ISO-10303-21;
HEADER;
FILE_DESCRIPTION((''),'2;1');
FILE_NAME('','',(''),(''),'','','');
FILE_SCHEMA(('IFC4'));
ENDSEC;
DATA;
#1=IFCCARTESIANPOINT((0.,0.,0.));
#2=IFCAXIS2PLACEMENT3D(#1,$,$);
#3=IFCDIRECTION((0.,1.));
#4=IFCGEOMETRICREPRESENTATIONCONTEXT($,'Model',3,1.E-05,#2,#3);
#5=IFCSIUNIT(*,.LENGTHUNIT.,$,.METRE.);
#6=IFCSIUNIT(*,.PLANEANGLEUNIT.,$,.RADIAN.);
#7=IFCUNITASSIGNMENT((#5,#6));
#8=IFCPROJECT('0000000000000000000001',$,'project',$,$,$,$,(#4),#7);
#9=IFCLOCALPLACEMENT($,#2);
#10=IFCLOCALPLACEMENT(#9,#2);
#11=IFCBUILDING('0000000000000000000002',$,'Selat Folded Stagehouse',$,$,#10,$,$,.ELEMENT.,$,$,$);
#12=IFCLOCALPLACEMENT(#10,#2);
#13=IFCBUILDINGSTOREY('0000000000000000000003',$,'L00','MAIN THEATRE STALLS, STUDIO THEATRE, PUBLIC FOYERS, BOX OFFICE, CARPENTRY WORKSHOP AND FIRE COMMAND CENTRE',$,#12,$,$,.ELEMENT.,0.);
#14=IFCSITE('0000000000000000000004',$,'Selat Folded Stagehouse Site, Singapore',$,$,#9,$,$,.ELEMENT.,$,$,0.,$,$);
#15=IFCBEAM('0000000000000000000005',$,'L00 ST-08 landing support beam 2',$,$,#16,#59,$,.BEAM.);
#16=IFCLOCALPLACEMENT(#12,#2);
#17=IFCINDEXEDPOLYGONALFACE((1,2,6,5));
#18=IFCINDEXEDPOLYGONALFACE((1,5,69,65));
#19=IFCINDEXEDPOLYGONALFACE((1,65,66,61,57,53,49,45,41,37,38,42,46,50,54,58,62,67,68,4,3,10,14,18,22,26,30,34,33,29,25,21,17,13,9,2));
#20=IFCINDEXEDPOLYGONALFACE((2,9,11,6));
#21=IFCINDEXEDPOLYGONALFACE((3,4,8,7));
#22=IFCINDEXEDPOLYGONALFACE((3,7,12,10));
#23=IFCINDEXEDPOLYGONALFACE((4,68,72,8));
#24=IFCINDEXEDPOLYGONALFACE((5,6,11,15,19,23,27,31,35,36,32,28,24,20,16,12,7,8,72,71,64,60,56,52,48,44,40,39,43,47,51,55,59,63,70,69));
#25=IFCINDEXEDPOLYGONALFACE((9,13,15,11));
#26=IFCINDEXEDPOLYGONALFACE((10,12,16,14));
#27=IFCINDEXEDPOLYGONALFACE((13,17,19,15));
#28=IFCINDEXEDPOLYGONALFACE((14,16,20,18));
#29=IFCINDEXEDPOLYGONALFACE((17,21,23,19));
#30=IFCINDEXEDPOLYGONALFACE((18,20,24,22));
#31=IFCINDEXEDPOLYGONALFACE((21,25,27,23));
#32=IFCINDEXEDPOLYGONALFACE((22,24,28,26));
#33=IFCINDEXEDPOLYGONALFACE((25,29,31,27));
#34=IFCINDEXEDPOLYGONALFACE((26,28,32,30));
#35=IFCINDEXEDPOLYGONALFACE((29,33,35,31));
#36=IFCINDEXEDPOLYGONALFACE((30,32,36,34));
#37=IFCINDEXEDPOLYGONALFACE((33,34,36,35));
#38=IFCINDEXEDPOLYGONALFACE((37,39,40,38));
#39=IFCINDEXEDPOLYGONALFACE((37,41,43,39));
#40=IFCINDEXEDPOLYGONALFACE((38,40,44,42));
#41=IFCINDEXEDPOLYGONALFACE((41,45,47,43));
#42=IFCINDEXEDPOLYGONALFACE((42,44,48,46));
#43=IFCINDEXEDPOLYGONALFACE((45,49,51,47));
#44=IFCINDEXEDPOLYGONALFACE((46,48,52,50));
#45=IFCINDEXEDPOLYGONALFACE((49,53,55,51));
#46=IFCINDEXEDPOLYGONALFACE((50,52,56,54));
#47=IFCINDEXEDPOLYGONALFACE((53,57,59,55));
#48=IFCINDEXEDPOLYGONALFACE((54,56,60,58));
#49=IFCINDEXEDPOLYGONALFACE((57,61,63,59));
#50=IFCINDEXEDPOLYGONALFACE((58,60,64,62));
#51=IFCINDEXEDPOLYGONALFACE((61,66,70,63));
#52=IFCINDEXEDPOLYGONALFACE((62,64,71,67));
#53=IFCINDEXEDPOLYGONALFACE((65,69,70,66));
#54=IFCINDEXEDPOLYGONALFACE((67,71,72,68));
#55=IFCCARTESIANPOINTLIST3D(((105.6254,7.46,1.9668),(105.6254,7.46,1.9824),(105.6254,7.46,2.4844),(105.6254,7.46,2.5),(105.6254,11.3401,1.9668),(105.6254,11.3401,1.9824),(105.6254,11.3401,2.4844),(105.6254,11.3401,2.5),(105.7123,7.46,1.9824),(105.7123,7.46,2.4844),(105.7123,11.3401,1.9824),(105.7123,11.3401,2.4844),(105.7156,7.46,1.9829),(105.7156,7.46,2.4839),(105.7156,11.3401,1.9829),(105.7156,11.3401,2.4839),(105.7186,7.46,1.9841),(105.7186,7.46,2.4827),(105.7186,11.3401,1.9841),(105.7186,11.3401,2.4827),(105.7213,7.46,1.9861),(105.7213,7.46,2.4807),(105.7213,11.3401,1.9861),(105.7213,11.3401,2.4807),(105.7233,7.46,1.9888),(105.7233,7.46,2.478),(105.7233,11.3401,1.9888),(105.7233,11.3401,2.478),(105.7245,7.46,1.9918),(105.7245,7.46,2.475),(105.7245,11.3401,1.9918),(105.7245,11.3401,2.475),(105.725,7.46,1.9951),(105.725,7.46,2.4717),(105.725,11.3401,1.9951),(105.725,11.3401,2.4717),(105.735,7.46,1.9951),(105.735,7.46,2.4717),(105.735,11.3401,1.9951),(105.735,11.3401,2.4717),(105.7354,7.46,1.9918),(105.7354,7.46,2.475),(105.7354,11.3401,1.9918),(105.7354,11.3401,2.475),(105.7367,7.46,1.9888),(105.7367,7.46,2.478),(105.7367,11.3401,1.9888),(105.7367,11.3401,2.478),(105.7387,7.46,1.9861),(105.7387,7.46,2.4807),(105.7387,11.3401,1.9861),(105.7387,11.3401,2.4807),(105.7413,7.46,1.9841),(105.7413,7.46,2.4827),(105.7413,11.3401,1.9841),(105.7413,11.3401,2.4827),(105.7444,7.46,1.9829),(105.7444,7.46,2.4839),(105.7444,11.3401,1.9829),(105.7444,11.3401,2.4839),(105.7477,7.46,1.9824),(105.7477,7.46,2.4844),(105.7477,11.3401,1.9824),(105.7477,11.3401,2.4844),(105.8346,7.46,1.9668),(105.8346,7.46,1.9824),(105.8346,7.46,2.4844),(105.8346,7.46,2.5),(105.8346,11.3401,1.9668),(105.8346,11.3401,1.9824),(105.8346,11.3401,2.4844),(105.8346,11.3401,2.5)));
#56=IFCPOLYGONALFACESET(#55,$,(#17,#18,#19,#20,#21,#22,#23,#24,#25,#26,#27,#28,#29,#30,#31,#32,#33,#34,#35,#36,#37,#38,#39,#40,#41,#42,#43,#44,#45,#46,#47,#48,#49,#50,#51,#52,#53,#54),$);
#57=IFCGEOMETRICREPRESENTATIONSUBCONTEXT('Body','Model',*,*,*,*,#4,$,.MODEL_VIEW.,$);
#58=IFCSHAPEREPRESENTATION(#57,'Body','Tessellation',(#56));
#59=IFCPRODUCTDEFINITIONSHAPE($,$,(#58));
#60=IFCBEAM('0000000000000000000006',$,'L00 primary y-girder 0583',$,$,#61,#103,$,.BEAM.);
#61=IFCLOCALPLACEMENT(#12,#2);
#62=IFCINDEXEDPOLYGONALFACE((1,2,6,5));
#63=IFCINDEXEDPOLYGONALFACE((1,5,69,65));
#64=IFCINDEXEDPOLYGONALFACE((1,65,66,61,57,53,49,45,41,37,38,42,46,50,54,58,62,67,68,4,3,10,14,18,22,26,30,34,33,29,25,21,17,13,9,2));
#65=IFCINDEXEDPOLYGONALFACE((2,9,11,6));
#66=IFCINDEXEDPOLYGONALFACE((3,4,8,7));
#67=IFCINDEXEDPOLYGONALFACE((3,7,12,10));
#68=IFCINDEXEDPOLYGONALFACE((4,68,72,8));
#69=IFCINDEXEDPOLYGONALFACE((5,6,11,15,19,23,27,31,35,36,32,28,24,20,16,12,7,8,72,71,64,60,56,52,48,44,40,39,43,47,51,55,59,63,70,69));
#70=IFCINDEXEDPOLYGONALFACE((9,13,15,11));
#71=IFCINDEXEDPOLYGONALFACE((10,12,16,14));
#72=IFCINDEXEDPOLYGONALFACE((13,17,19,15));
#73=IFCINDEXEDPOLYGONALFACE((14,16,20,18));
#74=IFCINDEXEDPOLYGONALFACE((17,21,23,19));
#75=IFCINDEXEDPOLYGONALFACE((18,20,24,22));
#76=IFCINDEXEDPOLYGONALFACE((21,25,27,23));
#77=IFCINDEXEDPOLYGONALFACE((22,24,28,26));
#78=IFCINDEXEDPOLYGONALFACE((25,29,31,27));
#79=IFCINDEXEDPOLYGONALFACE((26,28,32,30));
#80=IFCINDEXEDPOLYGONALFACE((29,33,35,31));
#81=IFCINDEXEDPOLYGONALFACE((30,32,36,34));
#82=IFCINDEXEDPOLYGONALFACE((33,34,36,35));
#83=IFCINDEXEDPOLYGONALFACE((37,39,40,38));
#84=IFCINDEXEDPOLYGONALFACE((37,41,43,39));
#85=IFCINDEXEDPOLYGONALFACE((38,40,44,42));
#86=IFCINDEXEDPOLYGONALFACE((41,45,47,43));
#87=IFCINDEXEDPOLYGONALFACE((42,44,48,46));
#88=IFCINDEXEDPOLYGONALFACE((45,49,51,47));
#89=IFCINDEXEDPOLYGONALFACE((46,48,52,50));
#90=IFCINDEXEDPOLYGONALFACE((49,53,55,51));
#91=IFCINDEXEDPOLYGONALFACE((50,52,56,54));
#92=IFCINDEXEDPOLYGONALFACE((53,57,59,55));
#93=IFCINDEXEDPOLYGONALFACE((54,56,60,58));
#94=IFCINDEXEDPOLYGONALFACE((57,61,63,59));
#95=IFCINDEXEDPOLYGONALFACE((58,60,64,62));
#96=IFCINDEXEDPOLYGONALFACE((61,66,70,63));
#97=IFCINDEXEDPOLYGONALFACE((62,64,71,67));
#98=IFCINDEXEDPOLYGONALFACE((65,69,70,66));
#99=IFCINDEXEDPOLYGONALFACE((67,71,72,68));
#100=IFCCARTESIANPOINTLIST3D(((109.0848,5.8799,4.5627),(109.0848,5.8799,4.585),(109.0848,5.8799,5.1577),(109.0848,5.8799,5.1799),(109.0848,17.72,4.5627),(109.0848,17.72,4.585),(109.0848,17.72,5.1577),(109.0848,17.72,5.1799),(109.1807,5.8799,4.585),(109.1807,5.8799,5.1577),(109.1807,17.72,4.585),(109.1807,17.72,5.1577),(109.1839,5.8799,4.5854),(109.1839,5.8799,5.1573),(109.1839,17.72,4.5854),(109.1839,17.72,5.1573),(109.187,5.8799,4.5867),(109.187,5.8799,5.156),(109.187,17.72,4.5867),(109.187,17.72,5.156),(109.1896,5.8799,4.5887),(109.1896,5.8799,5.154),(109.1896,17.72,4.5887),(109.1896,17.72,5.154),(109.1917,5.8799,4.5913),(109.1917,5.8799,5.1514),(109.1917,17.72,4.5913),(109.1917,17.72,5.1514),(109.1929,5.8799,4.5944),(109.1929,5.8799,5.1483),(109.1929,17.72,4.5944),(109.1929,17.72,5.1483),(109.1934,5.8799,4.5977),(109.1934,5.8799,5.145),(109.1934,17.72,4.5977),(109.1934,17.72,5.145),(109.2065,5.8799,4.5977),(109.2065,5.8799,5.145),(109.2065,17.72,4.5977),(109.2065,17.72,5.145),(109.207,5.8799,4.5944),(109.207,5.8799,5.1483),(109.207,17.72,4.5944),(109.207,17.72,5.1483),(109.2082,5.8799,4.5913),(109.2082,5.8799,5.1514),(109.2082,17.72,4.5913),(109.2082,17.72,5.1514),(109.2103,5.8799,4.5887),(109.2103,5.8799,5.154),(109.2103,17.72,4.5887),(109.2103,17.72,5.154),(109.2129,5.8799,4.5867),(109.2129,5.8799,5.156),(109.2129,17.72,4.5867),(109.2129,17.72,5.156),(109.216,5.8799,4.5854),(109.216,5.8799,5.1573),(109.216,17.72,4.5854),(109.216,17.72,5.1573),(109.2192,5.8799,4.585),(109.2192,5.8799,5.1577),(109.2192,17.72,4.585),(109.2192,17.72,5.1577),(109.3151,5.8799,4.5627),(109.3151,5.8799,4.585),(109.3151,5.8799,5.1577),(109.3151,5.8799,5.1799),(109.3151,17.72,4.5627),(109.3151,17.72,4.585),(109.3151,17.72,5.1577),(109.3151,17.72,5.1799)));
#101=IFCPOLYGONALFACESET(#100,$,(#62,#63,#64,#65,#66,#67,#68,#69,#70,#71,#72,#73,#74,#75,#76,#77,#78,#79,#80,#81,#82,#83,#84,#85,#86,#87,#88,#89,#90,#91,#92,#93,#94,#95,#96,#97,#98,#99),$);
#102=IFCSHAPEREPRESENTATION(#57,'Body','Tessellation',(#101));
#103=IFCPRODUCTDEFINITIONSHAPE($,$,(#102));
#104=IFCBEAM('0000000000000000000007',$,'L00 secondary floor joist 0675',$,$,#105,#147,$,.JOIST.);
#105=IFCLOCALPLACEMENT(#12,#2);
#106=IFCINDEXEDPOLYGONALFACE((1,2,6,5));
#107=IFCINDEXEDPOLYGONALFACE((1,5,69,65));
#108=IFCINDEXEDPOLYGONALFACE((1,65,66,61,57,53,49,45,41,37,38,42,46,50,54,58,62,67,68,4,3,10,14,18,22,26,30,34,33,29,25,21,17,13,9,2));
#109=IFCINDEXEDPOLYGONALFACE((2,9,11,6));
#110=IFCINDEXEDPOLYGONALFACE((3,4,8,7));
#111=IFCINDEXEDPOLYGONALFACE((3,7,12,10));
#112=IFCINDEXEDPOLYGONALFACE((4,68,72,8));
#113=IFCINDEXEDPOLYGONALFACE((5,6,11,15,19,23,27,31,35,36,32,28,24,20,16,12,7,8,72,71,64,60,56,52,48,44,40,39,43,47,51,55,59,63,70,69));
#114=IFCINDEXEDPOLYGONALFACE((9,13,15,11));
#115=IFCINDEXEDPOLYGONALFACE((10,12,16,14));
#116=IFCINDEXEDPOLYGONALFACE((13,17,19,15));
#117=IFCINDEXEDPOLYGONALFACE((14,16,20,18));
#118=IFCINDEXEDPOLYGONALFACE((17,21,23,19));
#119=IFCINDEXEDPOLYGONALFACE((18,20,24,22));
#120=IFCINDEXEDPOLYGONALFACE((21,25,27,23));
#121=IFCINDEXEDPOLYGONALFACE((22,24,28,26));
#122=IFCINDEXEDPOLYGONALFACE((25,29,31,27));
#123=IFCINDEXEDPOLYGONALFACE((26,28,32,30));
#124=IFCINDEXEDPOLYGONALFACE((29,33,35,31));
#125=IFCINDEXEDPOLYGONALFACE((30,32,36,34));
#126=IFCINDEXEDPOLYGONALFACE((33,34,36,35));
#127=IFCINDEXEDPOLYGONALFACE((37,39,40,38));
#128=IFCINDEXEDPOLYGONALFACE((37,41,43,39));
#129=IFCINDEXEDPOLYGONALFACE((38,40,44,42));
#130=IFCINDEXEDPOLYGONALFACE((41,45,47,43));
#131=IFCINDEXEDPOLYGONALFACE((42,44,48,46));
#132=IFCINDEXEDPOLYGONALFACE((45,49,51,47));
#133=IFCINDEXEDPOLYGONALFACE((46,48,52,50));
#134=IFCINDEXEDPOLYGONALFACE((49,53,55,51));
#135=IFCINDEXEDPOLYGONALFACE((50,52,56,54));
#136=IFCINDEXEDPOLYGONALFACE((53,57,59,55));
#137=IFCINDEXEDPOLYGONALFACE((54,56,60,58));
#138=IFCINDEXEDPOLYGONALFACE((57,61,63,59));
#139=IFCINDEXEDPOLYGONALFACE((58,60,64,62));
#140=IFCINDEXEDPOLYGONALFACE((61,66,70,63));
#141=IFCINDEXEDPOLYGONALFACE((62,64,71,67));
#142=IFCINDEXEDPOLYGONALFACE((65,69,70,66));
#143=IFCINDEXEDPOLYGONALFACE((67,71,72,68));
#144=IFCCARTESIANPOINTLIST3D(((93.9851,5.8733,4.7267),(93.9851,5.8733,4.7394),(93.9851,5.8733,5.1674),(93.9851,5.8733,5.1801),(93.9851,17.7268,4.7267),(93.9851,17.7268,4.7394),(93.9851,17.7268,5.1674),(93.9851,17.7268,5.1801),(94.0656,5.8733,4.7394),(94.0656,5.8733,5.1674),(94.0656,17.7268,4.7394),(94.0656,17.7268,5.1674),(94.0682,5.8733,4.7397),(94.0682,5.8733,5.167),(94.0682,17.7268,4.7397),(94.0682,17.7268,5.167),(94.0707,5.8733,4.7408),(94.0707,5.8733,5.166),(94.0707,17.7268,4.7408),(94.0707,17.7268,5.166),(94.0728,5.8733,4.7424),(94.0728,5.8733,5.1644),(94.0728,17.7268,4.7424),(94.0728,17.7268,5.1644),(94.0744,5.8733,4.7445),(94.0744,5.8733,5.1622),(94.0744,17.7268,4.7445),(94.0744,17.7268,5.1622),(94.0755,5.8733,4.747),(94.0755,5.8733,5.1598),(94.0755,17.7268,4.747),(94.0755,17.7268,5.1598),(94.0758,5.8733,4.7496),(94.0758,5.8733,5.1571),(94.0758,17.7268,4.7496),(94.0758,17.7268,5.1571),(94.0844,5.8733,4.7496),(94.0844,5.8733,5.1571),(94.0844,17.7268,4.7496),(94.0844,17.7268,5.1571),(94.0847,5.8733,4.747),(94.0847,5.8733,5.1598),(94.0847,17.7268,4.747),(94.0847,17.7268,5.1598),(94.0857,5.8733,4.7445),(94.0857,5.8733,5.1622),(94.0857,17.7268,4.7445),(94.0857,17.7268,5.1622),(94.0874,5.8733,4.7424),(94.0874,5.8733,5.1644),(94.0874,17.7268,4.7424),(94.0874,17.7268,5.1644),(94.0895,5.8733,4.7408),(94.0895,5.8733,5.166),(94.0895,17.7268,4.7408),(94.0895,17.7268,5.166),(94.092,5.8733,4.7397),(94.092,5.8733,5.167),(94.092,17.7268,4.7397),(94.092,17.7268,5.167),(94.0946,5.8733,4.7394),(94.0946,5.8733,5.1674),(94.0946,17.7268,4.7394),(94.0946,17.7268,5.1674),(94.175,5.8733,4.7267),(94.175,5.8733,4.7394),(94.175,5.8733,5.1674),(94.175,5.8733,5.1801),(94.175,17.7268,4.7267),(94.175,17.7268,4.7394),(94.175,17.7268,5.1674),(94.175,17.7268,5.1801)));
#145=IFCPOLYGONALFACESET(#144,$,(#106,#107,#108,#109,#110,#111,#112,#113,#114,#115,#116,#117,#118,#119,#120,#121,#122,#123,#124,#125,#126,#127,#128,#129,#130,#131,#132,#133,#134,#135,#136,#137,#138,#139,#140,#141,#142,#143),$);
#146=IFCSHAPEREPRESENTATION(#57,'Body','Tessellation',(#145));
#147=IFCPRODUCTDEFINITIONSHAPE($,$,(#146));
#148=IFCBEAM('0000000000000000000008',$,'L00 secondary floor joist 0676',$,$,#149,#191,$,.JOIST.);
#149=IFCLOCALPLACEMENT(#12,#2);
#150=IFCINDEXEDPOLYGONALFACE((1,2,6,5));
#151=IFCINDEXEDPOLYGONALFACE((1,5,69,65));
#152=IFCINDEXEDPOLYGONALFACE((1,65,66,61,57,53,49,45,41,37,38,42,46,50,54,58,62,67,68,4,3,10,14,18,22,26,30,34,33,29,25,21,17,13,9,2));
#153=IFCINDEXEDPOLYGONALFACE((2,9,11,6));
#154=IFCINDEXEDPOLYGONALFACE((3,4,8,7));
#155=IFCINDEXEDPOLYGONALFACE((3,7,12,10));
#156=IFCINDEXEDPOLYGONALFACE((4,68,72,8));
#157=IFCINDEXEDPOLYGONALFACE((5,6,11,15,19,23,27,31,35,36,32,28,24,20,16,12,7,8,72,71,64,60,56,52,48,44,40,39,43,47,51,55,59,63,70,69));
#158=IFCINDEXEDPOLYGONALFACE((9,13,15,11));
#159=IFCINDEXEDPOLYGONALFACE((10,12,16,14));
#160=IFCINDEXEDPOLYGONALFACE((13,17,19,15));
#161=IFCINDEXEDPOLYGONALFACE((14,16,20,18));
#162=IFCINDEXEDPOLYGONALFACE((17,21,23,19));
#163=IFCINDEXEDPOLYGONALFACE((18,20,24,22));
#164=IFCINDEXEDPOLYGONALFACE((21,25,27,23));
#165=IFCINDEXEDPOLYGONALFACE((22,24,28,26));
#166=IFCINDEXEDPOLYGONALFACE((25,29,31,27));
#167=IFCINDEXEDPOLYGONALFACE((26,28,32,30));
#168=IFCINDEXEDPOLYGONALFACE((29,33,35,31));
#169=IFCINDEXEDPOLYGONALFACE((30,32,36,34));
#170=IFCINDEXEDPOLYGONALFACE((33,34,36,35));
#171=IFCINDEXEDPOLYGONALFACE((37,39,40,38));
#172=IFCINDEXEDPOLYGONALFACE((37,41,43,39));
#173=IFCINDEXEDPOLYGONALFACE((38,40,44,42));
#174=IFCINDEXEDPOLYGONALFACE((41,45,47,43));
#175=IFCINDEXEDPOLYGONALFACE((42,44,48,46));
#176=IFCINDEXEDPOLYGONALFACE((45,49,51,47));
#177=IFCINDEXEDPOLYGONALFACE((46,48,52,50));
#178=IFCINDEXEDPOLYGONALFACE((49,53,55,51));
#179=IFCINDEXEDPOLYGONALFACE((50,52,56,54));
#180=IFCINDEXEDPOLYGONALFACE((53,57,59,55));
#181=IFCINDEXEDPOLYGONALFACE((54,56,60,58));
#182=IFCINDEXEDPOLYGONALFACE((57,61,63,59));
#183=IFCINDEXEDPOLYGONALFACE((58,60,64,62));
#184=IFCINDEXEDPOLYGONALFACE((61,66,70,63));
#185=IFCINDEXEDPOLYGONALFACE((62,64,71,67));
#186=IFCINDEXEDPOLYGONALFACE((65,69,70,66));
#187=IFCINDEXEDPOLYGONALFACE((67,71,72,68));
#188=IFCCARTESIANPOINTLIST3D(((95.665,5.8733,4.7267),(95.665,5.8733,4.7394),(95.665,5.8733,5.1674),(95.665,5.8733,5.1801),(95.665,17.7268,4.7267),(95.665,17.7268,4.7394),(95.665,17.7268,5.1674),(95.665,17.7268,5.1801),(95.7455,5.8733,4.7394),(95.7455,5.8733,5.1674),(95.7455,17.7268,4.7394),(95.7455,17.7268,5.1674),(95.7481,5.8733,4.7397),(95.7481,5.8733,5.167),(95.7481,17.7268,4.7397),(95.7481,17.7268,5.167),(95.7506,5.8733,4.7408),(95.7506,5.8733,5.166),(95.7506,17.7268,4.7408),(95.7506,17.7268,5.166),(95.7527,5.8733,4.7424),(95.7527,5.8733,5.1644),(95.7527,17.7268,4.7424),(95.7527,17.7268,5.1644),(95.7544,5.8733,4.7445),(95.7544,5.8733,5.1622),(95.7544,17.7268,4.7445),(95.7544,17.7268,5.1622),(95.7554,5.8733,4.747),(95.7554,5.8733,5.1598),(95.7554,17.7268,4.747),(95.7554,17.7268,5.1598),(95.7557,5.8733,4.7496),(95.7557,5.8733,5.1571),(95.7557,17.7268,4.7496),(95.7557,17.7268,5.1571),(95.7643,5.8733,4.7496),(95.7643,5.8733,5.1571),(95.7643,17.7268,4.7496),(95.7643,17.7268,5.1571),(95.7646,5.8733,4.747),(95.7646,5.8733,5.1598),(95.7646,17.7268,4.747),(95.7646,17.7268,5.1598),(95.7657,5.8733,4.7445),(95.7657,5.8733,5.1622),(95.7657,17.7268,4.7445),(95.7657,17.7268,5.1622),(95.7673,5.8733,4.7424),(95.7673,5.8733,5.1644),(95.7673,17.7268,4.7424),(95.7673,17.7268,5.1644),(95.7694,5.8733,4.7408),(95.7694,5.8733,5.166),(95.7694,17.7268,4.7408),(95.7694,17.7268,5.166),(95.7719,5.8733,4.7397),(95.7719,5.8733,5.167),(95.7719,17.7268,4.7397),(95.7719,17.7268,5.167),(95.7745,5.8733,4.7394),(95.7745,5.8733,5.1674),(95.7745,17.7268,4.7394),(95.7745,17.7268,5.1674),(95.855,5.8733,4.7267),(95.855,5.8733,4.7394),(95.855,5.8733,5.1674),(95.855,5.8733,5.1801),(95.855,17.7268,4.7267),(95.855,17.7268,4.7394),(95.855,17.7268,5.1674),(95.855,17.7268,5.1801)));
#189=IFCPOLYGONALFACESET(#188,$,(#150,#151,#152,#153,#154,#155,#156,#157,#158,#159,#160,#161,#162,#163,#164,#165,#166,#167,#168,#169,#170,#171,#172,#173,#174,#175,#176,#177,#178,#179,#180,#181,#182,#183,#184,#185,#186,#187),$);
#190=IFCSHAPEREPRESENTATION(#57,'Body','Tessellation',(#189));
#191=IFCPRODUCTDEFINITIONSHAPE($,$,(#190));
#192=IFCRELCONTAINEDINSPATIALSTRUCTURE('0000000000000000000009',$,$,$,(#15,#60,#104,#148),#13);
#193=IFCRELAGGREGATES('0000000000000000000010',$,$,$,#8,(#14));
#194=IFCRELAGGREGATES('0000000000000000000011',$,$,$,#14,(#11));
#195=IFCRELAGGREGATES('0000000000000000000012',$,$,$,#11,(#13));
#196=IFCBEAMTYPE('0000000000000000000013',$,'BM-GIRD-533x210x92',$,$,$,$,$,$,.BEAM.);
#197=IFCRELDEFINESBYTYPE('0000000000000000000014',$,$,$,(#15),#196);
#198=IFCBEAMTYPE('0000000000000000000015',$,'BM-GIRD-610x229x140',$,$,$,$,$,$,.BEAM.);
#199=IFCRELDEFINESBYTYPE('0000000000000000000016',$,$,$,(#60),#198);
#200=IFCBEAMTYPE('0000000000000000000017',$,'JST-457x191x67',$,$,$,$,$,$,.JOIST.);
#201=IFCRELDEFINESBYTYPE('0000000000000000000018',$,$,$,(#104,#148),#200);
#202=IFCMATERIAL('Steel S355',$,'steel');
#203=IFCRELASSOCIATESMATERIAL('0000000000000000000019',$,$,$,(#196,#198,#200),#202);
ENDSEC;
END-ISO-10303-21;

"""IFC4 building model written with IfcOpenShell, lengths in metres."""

from ifc_helpers import new_model, si_unit, direction, frame, origin, origin_2d, place, context, subcontext, project, spatial, i_section, extrude, material, material_profile, profile_set, type_object, element, save


model = new_model("IFC4")

# Units and contexts
model_context = context("Model", 3, precision=1e-05, world=origin(), true_north=direction((0.0, 1.0)))
body_context = subcontext(model_context, "Body", "Model", "MODEL_VIEW")
ifc_project = project(units=[si_unit("LENGTHUNIT", "METRE"), si_unit("PLANEANGLEUNIT", "RADIAN")], contexts=[model_context])

# Site, building, storey
site_placement = place(None, origin())
site = spatial("IfcSite", under=ifc_project, at=site_placement, Name="Selat Folded Stagehouse Site, Singapore", CompositionType="ELEMENT", RefElevation=0.0)
building_placement = place(site_placement, origin())
building = spatial("IfcBuilding", under=site, at=building_placement, Name="Selat Folded Stagehouse", CompositionType="ELEMENT")
storey_placement = place(building_placement, origin())
storey = spatial("IfcBuildingStorey", under=building, at=storey_placement, Name="L00", Description="MAIN THEATRE STALLS, STUDIO THEATRE, PUBLIC FOYERS, BOX OFFICE, CARPENTRY WORKSHOP AND FIRE COMMAND CENTRE", CompositionType="ELEMENT", Elevation=0.0)

# Shared definitions
ifc_material_1 = material(Name="Steel S355", Category="steel")

# Beams
ifc_material_profile_1 = material_profile(ifc_material_1, i_section(OverallWidth=0.2092, OverallDepth=0.5332, WebThickness=0.01, FlangeThickness=0.0156, FilletRadius=0.0127, at=origin_2d()), Name="UKB 533x210x92")
ifc_profile_set_1 = profile_set([ifc_material_profile_1], Name="Steel S355")
beam_type_1 = type_object("IfcBeamType", Name="BM-GIRD-533x210x92", PredefinedType="BEAM", material=ifc_profile_set_1)
for number, where, z_axis, x_axis, name in (
    (1, (105.73, 7.46, 2.2334), (0.0, 1.0, 0.0), (-1.0, 0.0, 0.0), "L00 ST-08 landing support beam 2"),
):
    element("IfcBeam", number, at=place(storey_placement, frame(where, z_axis=z_axis, x_axis=x_axis)), inside=storey, type_object=beam_type_1, Name=name, PredefinedType="BEAM", context=body_context, shape_type="SweptSolid", body=[
        extrude(i_section(OverallWidth=0.2092, OverallDepth=0.5332, WebThickness=0.01, FlangeThickness=0.0156, FilletRadius=0.0127, at=origin_2d()), origin(), (0.0, 0.0, 1.0), 3.8801),
    ])
ifc_material_profile_2 = material_profile(ifc_material_1, i_section(OverallWidth=0.2302, OverallDepth=0.6172, WebThickness=0.0132, FlangeThickness=0.0222, FilletRadius=0.0127, at=origin_2d()), Name="UKB 610x229x140")
ifc_profile_set_2 = profile_set([ifc_material_profile_2], Name="Steel S355")
beam_type_2 = type_object("IfcBeamType", Name="BM-GIRD-610x229x140", PredefinedType="BEAM", material=ifc_profile_set_2)
beam_1_placement = place(storey_placement, frame((109.2, 5.8799, 4.8713), z_axis=(0.0, 1.0, 0.0), x_axis=(-1.0, 0.0, 0.0)))
element("IfcBeam", 2, at=beam_1_placement, inside=storey, type_object=beam_type_2, Name="L00 primary y-girder 0583", PredefinedType="BEAM", context=body_context, shape_type="SweptSolid", body=[
    extrude(i_section(OverallWidth=0.2302, OverallDepth=0.6172, WebThickness=0.0132, FlangeThickness=0.0222, FilletRadius=0.0127, at=origin_2d()), origin(), (0.0, 0.0, 1.0), 11.8401),
])
ifc_material_profile_3 = material_profile(ifc_material_1, i_section(OverallWidth=0.1899, OverallDepth=0.4534, WebThickness=0.0085, FlangeThickness=0.0127, FilletRadius=0.0103, at=origin_2d()), Name="UKB 457x191x67")
ifc_profile_set_3 = profile_set([ifc_material_profile_3], Name="Steel S355")
beam_type_3 = type_object("IfcBeamType", Name="JST-457x191x67", PredefinedType="JOIST", material=ifc_profile_set_3)
for number, where, z_axis, x_axis, name in (
    (3, (94.0801, 5.8733, 4.9534), (0.0, 1.0, 0.0), (-1.0, 0.0, 0.0), "L00 secondary floor joist 0675"),
    (4, (95.76, 5.8733, 4.9534), (0.0, 1.0, 0.0), (-1.0, 0.0, 0.0), "L00 secondary floor joist 0676"),
):
    element("IfcBeam", number, at=place(storey_placement, frame(where, z_axis=z_axis, x_axis=x_axis)), inside=storey, type_object=beam_type_3, Name=name, PredefinedType="JOIST", context=body_context, shape_type="SweptSolid", body=[
        extrude(i_section(OverallWidth=0.1899, OverallDepth=0.4534, WebThickness=0.0085, FlangeThickness=0.0127, FilletRadius=0.0103, at=origin_2d()), origin(), (0.0, 0.0, 1.0), 11.8535),
    ])

save(model, "model.ifc")
